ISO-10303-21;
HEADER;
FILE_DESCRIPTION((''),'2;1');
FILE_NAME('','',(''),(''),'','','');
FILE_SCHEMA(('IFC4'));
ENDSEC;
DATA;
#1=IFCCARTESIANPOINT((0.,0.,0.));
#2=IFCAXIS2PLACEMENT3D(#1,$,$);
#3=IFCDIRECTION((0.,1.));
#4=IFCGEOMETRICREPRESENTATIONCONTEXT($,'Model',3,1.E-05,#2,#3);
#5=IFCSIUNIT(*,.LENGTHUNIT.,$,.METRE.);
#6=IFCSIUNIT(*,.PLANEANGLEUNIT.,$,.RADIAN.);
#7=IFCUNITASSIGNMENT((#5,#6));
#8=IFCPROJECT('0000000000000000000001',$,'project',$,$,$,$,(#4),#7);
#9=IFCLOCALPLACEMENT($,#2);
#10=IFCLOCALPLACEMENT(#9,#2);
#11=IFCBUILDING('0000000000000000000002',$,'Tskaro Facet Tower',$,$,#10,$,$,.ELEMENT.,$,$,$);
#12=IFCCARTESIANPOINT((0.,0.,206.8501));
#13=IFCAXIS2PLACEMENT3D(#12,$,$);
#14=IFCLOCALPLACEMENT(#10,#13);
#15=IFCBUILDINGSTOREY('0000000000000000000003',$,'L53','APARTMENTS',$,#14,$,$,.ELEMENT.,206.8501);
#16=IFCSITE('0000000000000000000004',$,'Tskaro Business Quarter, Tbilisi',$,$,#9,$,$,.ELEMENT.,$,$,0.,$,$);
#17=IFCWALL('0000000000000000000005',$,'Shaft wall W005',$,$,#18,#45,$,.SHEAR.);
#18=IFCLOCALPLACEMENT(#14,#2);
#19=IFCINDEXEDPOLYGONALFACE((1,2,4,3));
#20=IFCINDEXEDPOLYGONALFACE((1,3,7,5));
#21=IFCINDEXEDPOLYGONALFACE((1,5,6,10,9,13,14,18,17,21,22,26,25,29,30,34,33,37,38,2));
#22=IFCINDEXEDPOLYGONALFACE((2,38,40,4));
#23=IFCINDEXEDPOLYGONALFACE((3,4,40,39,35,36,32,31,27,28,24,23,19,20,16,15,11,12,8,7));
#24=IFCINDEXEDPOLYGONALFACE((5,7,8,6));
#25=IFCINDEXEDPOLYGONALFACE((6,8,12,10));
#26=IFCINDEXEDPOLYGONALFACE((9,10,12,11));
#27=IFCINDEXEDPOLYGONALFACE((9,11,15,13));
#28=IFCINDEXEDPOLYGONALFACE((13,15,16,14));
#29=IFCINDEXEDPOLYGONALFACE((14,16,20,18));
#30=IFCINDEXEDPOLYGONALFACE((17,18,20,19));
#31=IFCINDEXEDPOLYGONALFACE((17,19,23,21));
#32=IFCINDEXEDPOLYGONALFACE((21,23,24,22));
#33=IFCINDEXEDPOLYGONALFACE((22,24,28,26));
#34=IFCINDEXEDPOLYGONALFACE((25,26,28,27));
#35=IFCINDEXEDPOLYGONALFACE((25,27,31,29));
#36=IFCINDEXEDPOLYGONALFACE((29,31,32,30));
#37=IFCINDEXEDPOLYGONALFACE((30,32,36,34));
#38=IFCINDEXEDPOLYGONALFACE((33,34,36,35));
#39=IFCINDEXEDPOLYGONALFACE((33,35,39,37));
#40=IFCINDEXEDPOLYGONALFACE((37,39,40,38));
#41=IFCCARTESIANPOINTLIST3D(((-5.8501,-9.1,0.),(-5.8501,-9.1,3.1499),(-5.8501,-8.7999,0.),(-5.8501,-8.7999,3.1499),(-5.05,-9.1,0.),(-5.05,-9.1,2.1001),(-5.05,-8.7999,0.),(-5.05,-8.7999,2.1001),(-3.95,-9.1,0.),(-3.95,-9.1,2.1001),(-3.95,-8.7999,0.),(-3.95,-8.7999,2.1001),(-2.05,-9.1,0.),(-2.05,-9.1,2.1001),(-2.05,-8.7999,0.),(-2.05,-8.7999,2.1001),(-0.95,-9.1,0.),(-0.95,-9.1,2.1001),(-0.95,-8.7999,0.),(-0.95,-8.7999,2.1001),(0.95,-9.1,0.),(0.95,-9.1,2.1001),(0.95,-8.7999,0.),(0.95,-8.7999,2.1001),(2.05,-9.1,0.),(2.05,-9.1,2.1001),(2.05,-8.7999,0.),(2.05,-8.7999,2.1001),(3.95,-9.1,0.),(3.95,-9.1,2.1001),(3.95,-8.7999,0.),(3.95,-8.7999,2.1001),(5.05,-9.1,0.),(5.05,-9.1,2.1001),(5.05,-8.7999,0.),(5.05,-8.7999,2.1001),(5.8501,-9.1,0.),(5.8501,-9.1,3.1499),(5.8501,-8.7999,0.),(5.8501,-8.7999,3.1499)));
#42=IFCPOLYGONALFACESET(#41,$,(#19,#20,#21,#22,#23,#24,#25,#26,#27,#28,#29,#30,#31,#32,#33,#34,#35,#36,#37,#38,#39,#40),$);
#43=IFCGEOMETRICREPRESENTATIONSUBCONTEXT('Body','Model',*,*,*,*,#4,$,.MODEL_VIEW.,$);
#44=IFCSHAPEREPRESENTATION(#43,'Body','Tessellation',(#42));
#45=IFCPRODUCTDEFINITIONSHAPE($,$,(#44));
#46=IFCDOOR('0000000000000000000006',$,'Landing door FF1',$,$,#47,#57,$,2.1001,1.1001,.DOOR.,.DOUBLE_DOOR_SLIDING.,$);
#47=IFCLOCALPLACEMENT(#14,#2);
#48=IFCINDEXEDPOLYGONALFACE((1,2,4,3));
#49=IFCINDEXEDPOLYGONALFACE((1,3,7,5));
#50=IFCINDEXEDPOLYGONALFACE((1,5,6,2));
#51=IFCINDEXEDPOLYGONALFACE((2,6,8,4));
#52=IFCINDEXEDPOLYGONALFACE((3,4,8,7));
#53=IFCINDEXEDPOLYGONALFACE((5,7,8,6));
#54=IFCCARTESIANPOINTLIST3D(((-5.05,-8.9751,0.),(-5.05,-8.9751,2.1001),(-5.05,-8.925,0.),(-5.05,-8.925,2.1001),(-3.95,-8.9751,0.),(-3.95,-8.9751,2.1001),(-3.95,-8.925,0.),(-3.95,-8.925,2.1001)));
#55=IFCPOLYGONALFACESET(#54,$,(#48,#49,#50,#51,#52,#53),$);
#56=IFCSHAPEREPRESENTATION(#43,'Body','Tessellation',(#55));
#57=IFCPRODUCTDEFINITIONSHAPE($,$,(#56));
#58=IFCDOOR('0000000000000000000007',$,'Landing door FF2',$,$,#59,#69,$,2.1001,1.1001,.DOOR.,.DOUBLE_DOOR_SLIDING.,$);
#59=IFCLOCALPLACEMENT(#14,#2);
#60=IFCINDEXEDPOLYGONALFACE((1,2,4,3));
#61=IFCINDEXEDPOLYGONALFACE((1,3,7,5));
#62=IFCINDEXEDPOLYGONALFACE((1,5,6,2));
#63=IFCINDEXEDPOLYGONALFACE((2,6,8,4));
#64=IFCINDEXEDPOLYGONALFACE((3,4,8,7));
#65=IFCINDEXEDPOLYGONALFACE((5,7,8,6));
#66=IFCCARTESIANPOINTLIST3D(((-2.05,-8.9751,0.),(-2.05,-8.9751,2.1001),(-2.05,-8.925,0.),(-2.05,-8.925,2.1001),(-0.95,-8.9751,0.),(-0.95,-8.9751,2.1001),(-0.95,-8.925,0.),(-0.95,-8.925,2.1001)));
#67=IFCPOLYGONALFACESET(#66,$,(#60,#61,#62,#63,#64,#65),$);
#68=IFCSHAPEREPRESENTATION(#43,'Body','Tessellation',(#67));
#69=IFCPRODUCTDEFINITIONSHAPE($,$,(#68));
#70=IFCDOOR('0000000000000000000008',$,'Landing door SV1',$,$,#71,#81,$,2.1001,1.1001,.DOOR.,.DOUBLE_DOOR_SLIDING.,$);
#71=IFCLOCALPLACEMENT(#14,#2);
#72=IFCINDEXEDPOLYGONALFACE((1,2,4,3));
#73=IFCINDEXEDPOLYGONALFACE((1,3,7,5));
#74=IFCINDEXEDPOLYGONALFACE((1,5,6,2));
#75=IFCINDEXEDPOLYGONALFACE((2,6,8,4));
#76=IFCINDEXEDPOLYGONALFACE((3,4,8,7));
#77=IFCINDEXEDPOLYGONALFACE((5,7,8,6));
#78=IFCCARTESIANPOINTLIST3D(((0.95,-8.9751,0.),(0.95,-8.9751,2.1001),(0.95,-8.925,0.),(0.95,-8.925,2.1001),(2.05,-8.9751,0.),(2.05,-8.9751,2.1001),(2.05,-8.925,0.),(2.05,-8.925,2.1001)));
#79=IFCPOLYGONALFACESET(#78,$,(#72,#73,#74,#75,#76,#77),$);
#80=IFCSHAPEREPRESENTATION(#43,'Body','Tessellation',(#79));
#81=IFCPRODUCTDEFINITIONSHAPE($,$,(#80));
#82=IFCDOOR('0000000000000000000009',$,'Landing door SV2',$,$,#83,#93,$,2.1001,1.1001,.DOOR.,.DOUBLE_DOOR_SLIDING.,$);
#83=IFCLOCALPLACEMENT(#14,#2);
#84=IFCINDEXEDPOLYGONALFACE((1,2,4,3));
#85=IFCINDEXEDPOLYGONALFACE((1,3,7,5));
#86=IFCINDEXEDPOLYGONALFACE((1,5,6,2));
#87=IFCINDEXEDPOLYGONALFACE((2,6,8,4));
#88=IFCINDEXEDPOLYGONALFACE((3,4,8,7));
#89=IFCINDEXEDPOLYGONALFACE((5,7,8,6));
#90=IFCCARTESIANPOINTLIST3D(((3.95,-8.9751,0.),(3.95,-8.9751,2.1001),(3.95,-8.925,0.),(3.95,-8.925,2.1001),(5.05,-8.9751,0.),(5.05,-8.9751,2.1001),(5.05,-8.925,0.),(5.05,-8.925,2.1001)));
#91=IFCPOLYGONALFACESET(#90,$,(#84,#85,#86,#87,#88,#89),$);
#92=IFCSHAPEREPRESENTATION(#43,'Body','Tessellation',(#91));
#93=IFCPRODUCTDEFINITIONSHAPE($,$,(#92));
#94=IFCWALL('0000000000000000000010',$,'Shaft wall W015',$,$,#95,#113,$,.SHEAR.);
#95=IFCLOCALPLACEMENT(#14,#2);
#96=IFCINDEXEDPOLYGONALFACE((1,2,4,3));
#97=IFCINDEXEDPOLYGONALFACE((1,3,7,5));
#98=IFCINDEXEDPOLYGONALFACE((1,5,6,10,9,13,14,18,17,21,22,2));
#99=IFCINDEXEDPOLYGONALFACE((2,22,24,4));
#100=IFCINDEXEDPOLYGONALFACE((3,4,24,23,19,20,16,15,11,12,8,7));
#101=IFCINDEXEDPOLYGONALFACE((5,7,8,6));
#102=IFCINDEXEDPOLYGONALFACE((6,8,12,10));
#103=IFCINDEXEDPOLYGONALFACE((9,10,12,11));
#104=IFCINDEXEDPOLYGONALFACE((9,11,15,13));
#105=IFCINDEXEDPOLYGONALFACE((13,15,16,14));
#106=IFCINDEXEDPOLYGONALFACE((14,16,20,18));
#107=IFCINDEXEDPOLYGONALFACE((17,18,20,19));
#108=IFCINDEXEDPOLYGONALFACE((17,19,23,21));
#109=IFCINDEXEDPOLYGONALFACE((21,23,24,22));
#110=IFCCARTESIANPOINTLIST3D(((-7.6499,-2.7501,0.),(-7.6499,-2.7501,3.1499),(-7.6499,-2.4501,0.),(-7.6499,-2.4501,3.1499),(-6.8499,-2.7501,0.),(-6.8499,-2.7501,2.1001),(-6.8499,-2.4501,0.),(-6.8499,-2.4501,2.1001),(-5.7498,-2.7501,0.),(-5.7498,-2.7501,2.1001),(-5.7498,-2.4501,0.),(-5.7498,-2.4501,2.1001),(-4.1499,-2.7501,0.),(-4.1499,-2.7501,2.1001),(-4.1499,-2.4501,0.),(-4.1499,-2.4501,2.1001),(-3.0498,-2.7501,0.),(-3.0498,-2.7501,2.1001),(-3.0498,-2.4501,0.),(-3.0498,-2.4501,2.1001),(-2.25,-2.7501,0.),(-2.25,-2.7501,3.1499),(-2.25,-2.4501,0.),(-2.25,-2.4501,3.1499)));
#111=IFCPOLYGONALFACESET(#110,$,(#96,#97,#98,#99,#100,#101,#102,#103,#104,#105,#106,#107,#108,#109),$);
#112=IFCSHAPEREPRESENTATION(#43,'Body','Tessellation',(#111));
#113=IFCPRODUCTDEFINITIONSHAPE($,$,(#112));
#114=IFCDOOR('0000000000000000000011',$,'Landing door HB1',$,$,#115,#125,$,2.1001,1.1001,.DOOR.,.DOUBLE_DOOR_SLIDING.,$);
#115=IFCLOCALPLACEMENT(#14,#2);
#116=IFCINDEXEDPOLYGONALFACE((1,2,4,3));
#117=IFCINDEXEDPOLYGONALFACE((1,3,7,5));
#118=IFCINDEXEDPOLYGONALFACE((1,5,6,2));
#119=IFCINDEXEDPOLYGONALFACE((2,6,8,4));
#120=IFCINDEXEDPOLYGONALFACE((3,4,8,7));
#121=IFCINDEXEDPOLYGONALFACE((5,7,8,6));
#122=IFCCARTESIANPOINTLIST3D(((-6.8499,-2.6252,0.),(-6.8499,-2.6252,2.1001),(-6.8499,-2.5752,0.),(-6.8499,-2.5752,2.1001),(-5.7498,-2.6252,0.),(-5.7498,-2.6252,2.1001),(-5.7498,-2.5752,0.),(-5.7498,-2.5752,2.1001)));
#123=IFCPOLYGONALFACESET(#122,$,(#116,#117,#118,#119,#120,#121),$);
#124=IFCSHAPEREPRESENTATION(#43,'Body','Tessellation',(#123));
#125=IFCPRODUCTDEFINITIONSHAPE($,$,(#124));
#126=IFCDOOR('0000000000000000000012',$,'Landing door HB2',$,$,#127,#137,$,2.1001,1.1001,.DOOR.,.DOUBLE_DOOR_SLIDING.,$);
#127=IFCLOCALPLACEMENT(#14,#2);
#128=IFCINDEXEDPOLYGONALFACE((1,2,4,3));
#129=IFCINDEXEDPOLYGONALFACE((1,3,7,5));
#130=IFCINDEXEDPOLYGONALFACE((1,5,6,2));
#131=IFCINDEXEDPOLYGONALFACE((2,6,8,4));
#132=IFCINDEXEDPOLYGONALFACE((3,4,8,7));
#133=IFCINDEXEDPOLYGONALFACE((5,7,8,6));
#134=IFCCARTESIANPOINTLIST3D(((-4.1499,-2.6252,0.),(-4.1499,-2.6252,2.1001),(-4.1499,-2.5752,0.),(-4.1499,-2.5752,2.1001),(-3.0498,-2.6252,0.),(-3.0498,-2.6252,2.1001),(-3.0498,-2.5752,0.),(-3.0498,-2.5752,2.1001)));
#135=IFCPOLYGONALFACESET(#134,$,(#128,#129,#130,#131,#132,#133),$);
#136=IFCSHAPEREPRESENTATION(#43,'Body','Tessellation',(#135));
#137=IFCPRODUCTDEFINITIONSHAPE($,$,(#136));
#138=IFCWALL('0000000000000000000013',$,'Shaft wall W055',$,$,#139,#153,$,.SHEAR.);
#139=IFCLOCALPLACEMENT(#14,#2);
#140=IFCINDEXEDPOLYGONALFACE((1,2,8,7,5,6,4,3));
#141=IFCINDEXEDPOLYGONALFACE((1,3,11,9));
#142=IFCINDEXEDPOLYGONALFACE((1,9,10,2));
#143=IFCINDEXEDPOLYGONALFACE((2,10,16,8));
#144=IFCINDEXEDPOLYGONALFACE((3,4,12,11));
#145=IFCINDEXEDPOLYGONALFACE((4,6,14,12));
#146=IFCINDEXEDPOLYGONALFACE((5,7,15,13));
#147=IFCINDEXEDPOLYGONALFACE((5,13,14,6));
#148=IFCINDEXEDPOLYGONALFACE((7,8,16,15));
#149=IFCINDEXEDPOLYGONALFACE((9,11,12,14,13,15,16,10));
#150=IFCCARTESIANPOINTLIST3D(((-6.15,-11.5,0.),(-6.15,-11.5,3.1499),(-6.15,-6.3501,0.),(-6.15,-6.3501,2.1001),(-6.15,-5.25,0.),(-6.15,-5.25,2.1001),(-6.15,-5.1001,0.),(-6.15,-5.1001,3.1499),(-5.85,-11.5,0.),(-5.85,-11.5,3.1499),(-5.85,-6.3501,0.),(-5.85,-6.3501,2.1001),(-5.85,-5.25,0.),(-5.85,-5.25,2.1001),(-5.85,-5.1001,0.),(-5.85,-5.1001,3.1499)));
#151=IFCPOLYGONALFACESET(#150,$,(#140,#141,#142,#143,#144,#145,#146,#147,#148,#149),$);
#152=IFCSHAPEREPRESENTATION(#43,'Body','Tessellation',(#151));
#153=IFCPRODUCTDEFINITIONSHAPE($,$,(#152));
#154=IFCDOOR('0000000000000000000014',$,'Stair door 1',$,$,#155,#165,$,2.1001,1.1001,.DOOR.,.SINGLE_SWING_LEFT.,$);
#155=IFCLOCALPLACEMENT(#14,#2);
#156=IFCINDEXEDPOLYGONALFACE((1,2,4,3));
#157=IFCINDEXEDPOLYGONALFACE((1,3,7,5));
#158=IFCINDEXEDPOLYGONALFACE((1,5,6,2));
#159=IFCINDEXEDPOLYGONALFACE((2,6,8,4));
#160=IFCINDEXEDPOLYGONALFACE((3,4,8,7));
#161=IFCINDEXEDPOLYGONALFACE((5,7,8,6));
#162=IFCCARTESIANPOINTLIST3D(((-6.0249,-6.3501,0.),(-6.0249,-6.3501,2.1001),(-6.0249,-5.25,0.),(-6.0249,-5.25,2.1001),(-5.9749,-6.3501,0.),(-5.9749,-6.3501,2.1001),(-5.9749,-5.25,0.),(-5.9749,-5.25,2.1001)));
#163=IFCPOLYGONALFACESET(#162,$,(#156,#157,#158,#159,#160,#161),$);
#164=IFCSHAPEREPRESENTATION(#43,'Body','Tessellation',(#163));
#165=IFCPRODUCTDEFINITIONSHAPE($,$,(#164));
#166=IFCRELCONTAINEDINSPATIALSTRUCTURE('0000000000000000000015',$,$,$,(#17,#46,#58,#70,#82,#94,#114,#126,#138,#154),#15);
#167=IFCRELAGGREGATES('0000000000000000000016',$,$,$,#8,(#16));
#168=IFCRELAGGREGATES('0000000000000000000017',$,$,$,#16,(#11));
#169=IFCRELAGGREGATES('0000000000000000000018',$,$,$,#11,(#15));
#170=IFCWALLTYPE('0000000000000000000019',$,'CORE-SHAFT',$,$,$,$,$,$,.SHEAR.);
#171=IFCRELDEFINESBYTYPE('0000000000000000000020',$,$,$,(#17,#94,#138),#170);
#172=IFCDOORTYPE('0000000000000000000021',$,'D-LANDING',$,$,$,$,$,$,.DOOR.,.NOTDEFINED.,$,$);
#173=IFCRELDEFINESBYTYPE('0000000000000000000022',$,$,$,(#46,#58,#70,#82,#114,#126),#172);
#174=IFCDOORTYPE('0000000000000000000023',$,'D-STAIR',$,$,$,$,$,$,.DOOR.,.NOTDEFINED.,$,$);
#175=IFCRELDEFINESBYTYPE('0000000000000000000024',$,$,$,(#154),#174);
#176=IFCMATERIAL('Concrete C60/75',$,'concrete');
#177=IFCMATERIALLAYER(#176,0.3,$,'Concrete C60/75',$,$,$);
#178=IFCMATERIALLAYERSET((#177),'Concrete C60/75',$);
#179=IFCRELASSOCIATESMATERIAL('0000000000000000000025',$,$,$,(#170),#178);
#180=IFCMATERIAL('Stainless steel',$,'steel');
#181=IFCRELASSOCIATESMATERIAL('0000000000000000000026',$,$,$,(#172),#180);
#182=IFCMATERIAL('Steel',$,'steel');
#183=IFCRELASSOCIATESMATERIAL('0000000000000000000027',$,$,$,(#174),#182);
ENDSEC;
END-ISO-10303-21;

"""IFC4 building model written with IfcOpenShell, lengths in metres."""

from ifc_helpers import new_model, si_unit, direction, frame, frame_2d, origin, place, context, subcontext, project, spatial, rectangle, extrude, material, layer, layer_set, type_object, element, fill, save


model = new_model("IFC4")

# Units and contexts
model_context = context("Model", 3, precision=1e-05, world=origin(), true_north=direction((0.0, 1.0)))
body_context = subcontext(model_context, "Body", "Model", "MODEL_VIEW")
ifc_project = project(units=[si_unit("LENGTHUNIT", "METRE"), si_unit("PLANEANGLEUNIT", "RADIAN")], contexts=[model_context])

# Site, building, storey
site_placement = place(None, origin())
site = spatial("IfcSite", under=ifc_project, at=site_placement, Name="Tskaro Business Quarter, Tbilisi", CompositionType="ELEMENT", RefElevation=0.0)
building_placement = place(site_placement, origin())
building = spatial("IfcBuilding", under=site, at=building_placement, Name="Tskaro Facet Tower", CompositionType="ELEMENT")
storey_placement = place(building_placement, frame((0.0, 0.0, 206.8501)))
storey = spatial("IfcBuildingStorey", under=building, at=storey_placement, Name="L53", Description="APARTMENTS", CompositionType="ELEMENT", Elevation=206.8501)

# Walls, openings, doors
ifc_material_1 = material(Name="Concrete C60/75", Category="concrete")
ifc_layer = layer(ifc_material_1, 0.3, Name="Concrete C60/75")
ifc_layer_set = layer_set([ifc_layer], Name="Concrete C60/75")
wall_type = type_object("IfcWallType", Name="CORE-SHAFT", PredefinedType="SHEAR", material=ifc_layer_set)
wall_1_placement = place(storey_placement, frame((-5.8501, -8.95, 0.0), z_axis=(0.0, 0.0, 1.0), x_axis=(1.0, 0.0, 0.0)))
wall_1 = element("IfcWall", 1, at=wall_1_placement, inside=storey, type_object=wall_type, Name="Shaft wall W005", PredefinedType="SHEAR", context=body_context, shape_type="SweptSolid", body=[
    extrude(rectangle(XDim=11.7002, YDim=0.3, at=frame_2d((5.8501, 0.0))), origin(), (0.0, 0.0, 1.0), 3.1499),
])
opening_1_placement = place(wall_1_placement, frame((0.8, 0.0, 0.0)))
opening_1 = element("IfcOpeningElement", 2, at=opening_1_placement, cuts=wall_1, PredefinedType="OPENING", context=body_context, shape_type="SweptSolid", body=[
    extrude(rectangle(XDim=1.1001, YDim=2.1001, at=frame_2d((0.55, 1.05))), frame((0.0, 0.1599, 0.0), z_axis=(0.0, -1.0, 0.0), x_axis=(1.0, 0.0, 0.0)), (0.0, 0.0, 1.0), 0.3201),
])
opening_2_placement = place(wall_1_placement, frame((3.8, 0.0, 0.0)))
opening_2 = element("IfcOpeningElement", 3, at=opening_2_placement, cuts=wall_1, PredefinedType="OPENING", context=body_context, shape_type="SweptSolid", body=[
    extrude(rectangle(XDim=1.1001, YDim=2.1001, at=frame_2d((0.55, 1.05))), frame((0.0, 0.1599, 0.0), z_axis=(0.0, -1.0, 0.0), x_axis=(1.0, 0.0, 0.0)), (0.0, 0.0, 1.0), 0.3201),
])
opening_3_placement = place(wall_1_placement, frame((6.8, 0.0, 0.0)))
opening_3 = element("IfcOpeningElement", 4, at=opening_3_placement, cuts=wall_1, PredefinedType="OPENING", context=body_context, shape_type="SweptSolid", body=[
    extrude(rectangle(XDim=1.1001, YDim=2.1001, at=frame_2d((0.55, 1.05))), frame((0.0, 0.1599, 0.0), z_axis=(0.0, -1.0, 0.0), x_axis=(1.0, 0.0, 0.0)), (0.0, 0.0, 1.0), 0.3201),
])
opening_4_placement = place(wall_1_placement, frame((9.8, 0.0, 0.0)))
opening_4 = element("IfcOpeningElement", 5, at=opening_4_placement, cuts=wall_1, PredefinedType="OPENING", context=body_context, shape_type="SweptSolid", body=[
    extrude(rectangle(XDim=1.1001, YDim=2.1001, at=frame_2d((0.55, 1.05))), frame((0.0, 0.1599, 0.0), z_axis=(0.0, -1.0, 0.0), x_axis=(1.0, 0.0, 0.0)), (0.0, 0.0, 1.0), 0.3201),
])
ifc_material_2 = material(Name="Stainless steel", Category="steel")
door_type_1 = type_object("IfcDoorType", Name="D-LANDING", OperationType="NOTDEFINED", PredefinedType="DOOR", material=ifc_material_2)
door_1_placement = place(opening_1_placement, origin())
door_1 = element("IfcDoor", 6, at=door_1_placement, inside=storey, type_object=door_type_1, Name="Landing door FF1", OperationType="DOUBLE_DOOR_SLIDING", OverallHeight=2.1001, OverallWidth=1.1001, PredefinedType="DOOR", context=body_context, shape_type="SweptSolid", body=[
    extrude(rectangle(XDim=1.1001, YDim=2.1001, at=frame_2d((0.55, 1.05))), frame((0.0, 0.0249, 0.0), z_axis=(0.0, -1.0, 0.0), x_axis=(1.0, 0.0, 0.0)), (0.0, 0.0, 1.0), 0.05),
])
fill(opening_1, door_1)
door_2_placement = place(opening_2_placement, origin())
door_2 = element("IfcDoor", 7, at=door_2_placement, inside=storey, type_object=door_type_1, Name="Landing door FF2", OperationType="DOUBLE_DOOR_SLIDING", OverallHeight=2.1001, OverallWidth=1.1001, PredefinedType="DOOR", context=body_context, shape_type="SweptSolid", body=[
    extrude(rectangle(XDim=1.1001, YDim=2.1001, at=frame_2d((0.55, 1.05))), frame((0.0, 0.0249, 0.0), z_axis=(0.0, -1.0, 0.0), x_axis=(1.0, 0.0, 0.0)), (0.0, 0.0, 1.0), 0.05),
])
fill(opening_2, door_2)
door_3_placement = place(opening_3_placement, origin())
door_3 = element("IfcDoor", 8, at=door_3_placement, inside=storey, type_object=door_type_1, Name="Landing door SV1", OperationType="DOUBLE_DOOR_SLIDING", OverallHeight=2.1001, OverallWidth=1.1001, PredefinedType="DOOR", context=body_context, shape_type="SweptSolid", body=[
    extrude(rectangle(XDim=1.1001, YDim=2.1001, at=frame_2d((0.55, 1.05))), frame((0.0, 0.0249, 0.0), z_axis=(0.0, -1.0, 0.0), x_axis=(1.0, 0.0, 0.0)), (0.0, 0.0, 1.0), 0.05),
])
fill(opening_3, door_3)
door_4_placement = place(opening_4_placement, origin())
door_4 = element("IfcDoor", 9, at=door_4_placement, inside=storey, type_object=door_type_1, Name="Landing door SV2", OperationType="DOUBLE_DOOR_SLIDING", OverallHeight=2.1001, OverallWidth=1.1001, PredefinedType="DOOR", context=body_context, shape_type="SweptSolid", body=[
    extrude(rectangle(XDim=1.1001, YDim=2.1001, at=frame_2d((0.55, 1.05))), frame((0.0, 0.0249, 0.0), z_axis=(0.0, -1.0, 0.0), x_axis=(1.0, 0.0, 0.0)), (0.0, 0.0, 1.0), 0.05),
])
fill(opening_4, door_4)
wall_2_placement = place(storey_placement, frame((-7.6499, -2.6001, 0.0), z_axis=(0.0, 0.0, 1.0), x_axis=(1.0, 0.0, 0.0)))
wall_2 = element("IfcWall", 10, at=wall_2_placement, inside=storey, type_object=wall_type, Name="Shaft wall W015", PredefinedType="SHEAR", context=body_context, shape_type="SweptSolid", body=[
    extrude(rectangle(XDim=5.3999, YDim=0.3, at=frame_2d((2.7, 0.0))), origin(), (0.0, 0.0, 1.0), 3.1499),
])
opening_5_placement = place(wall_2_placement, frame((0.8, 0.0, 0.0)))
opening_5 = element("IfcOpeningElement", 11, at=opening_5_placement, cuts=wall_2, PredefinedType="OPENING", context=body_context, shape_type="SweptSolid", body=[
    extrude(rectangle(XDim=1.1001, YDim=2.1001, at=frame_2d((0.55, 1.05))), frame((0.0, 0.1599, 0.0), z_axis=(0.0, -1.0, 0.0), x_axis=(1.0, 0.0, 0.0)), (0.0, 0.0, 1.0), 0.3201),
])
opening_6_placement = place(wall_2_placement, frame((3.5, 0.0, 0.0)))
opening_6 = element("IfcOpeningElement", 12, at=opening_6_placement, cuts=wall_2, PredefinedType="OPENING", context=body_context, shape_type="SweptSolid", body=[
    extrude(rectangle(XDim=1.1001, YDim=2.1001, at=frame_2d((0.55, 1.05))), frame((0.0, 0.1599, 0.0), z_axis=(0.0, -1.0, 0.0), x_axis=(1.0, 0.0, 0.0)), (0.0, 0.0, 1.0), 0.3201),
])
door_5_placement = place(opening_5_placement, origin())
door_5 = element("IfcDoor", 13, at=door_5_placement, inside=storey, type_object=door_type_1, Name="Landing door HB1", OperationType="DOUBLE_DOOR_SLIDING", OverallHeight=2.1001, OverallWidth=1.1001, PredefinedType="DOOR", context=body_context, shape_type="SweptSolid", body=[
    extrude(rectangle(XDim=1.1001, YDim=2.1001, at=frame_2d((0.55, 1.05))), frame((0.0, 0.0249, 0.0), z_axis=(0.0, -1.0, 0.0), x_axis=(1.0, 0.0, 0.0)), (0.0, 0.0, 1.0), 0.05),
])
fill(opening_5, door_5)
door_6_placement = place(opening_6_placement, origin())
door_6 = element("IfcDoor", 14, at=door_6_placement, inside=storey, type_object=door_type_1, Name="Landing door HB2", OperationType="DOUBLE_DOOR_SLIDING", OverallHeight=2.1001, OverallWidth=1.1001, PredefinedType="DOOR", context=body_context, shape_type="SweptSolid", body=[
    extrude(rectangle(XDim=1.1001, YDim=2.1001, at=frame_2d((0.55, 1.05))), frame((0.0, 0.0249, 0.0), z_axis=(0.0, -1.0, 0.0), x_axis=(1.0, 0.0, 0.0)), (0.0, 0.0, 1.0), 0.05),
])
fill(opening_6, door_6)

# Wall, opening, door
wall_3_placement = place(storey_placement, frame((-6.0, -11.5, 0.0), z_axis=(0.0, 0.0, 1.0), x_axis=(0.0, 1.0, 0.0)))
wall_3 = element("IfcWall", 15, at=wall_3_placement, inside=storey, type_object=wall_type, Name="Shaft wall W055", PredefinedType="SHEAR", context=body_context, shape_type="SweptSolid", body=[
    extrude(rectangle(XDim=6.3999, YDim=0.3, at=frame_2d((3.2, 0.0))), origin(), (0.0, 0.0, 1.0), 3.1499),
])
opening_7_placement = place(wall_3_placement, frame((5.1499, 0.0, 0.0)))
opening_7 = element("IfcOpeningElement", 16, at=opening_7_placement, cuts=wall_3, PredefinedType="OPENING", context=body_context, shape_type="SweptSolid", body=[
    extrude(rectangle(XDim=1.1001, YDim=2.1001, at=frame_2d((0.55, 1.05))), frame((0.0, 0.1599, 0.0), z_axis=(0.0, -1.0, 0.0), x_axis=(1.0, 0.0, 0.0)), (0.0, 0.0, 1.0), 0.3201),
])
ifc_material_3 = material(Name="Steel", Category="steel")
door_type_2 = type_object("IfcDoorType", Name="D-STAIR", OperationType="NOTDEFINED", PredefinedType="DOOR", material=ifc_material_3)
door_7_placement = place(opening_7_placement, origin())
door_7 = element("IfcDoor", 17, at=door_7_placement, inside=storey, type_object=door_type_2, Name="Stair door 1", OperationType="SINGLE_SWING_LEFT", OverallHeight=2.1001, OverallWidth=1.1001, PredefinedType="DOOR", context=body_context, shape_type="SweptSolid", body=[
    extrude(rectangle(XDim=1.1001, YDim=2.1001, at=frame_2d((0.55, 1.05))), frame((0.0, 0.0249, 0.0), z_axis=(0.0, -1.0, 0.0), x_axis=(1.0, 0.0, 0.0)), (0.0, 0.0, 1.0), 0.05),
])
fill(opening_7, door_7)

save(model, "model.ifc")
